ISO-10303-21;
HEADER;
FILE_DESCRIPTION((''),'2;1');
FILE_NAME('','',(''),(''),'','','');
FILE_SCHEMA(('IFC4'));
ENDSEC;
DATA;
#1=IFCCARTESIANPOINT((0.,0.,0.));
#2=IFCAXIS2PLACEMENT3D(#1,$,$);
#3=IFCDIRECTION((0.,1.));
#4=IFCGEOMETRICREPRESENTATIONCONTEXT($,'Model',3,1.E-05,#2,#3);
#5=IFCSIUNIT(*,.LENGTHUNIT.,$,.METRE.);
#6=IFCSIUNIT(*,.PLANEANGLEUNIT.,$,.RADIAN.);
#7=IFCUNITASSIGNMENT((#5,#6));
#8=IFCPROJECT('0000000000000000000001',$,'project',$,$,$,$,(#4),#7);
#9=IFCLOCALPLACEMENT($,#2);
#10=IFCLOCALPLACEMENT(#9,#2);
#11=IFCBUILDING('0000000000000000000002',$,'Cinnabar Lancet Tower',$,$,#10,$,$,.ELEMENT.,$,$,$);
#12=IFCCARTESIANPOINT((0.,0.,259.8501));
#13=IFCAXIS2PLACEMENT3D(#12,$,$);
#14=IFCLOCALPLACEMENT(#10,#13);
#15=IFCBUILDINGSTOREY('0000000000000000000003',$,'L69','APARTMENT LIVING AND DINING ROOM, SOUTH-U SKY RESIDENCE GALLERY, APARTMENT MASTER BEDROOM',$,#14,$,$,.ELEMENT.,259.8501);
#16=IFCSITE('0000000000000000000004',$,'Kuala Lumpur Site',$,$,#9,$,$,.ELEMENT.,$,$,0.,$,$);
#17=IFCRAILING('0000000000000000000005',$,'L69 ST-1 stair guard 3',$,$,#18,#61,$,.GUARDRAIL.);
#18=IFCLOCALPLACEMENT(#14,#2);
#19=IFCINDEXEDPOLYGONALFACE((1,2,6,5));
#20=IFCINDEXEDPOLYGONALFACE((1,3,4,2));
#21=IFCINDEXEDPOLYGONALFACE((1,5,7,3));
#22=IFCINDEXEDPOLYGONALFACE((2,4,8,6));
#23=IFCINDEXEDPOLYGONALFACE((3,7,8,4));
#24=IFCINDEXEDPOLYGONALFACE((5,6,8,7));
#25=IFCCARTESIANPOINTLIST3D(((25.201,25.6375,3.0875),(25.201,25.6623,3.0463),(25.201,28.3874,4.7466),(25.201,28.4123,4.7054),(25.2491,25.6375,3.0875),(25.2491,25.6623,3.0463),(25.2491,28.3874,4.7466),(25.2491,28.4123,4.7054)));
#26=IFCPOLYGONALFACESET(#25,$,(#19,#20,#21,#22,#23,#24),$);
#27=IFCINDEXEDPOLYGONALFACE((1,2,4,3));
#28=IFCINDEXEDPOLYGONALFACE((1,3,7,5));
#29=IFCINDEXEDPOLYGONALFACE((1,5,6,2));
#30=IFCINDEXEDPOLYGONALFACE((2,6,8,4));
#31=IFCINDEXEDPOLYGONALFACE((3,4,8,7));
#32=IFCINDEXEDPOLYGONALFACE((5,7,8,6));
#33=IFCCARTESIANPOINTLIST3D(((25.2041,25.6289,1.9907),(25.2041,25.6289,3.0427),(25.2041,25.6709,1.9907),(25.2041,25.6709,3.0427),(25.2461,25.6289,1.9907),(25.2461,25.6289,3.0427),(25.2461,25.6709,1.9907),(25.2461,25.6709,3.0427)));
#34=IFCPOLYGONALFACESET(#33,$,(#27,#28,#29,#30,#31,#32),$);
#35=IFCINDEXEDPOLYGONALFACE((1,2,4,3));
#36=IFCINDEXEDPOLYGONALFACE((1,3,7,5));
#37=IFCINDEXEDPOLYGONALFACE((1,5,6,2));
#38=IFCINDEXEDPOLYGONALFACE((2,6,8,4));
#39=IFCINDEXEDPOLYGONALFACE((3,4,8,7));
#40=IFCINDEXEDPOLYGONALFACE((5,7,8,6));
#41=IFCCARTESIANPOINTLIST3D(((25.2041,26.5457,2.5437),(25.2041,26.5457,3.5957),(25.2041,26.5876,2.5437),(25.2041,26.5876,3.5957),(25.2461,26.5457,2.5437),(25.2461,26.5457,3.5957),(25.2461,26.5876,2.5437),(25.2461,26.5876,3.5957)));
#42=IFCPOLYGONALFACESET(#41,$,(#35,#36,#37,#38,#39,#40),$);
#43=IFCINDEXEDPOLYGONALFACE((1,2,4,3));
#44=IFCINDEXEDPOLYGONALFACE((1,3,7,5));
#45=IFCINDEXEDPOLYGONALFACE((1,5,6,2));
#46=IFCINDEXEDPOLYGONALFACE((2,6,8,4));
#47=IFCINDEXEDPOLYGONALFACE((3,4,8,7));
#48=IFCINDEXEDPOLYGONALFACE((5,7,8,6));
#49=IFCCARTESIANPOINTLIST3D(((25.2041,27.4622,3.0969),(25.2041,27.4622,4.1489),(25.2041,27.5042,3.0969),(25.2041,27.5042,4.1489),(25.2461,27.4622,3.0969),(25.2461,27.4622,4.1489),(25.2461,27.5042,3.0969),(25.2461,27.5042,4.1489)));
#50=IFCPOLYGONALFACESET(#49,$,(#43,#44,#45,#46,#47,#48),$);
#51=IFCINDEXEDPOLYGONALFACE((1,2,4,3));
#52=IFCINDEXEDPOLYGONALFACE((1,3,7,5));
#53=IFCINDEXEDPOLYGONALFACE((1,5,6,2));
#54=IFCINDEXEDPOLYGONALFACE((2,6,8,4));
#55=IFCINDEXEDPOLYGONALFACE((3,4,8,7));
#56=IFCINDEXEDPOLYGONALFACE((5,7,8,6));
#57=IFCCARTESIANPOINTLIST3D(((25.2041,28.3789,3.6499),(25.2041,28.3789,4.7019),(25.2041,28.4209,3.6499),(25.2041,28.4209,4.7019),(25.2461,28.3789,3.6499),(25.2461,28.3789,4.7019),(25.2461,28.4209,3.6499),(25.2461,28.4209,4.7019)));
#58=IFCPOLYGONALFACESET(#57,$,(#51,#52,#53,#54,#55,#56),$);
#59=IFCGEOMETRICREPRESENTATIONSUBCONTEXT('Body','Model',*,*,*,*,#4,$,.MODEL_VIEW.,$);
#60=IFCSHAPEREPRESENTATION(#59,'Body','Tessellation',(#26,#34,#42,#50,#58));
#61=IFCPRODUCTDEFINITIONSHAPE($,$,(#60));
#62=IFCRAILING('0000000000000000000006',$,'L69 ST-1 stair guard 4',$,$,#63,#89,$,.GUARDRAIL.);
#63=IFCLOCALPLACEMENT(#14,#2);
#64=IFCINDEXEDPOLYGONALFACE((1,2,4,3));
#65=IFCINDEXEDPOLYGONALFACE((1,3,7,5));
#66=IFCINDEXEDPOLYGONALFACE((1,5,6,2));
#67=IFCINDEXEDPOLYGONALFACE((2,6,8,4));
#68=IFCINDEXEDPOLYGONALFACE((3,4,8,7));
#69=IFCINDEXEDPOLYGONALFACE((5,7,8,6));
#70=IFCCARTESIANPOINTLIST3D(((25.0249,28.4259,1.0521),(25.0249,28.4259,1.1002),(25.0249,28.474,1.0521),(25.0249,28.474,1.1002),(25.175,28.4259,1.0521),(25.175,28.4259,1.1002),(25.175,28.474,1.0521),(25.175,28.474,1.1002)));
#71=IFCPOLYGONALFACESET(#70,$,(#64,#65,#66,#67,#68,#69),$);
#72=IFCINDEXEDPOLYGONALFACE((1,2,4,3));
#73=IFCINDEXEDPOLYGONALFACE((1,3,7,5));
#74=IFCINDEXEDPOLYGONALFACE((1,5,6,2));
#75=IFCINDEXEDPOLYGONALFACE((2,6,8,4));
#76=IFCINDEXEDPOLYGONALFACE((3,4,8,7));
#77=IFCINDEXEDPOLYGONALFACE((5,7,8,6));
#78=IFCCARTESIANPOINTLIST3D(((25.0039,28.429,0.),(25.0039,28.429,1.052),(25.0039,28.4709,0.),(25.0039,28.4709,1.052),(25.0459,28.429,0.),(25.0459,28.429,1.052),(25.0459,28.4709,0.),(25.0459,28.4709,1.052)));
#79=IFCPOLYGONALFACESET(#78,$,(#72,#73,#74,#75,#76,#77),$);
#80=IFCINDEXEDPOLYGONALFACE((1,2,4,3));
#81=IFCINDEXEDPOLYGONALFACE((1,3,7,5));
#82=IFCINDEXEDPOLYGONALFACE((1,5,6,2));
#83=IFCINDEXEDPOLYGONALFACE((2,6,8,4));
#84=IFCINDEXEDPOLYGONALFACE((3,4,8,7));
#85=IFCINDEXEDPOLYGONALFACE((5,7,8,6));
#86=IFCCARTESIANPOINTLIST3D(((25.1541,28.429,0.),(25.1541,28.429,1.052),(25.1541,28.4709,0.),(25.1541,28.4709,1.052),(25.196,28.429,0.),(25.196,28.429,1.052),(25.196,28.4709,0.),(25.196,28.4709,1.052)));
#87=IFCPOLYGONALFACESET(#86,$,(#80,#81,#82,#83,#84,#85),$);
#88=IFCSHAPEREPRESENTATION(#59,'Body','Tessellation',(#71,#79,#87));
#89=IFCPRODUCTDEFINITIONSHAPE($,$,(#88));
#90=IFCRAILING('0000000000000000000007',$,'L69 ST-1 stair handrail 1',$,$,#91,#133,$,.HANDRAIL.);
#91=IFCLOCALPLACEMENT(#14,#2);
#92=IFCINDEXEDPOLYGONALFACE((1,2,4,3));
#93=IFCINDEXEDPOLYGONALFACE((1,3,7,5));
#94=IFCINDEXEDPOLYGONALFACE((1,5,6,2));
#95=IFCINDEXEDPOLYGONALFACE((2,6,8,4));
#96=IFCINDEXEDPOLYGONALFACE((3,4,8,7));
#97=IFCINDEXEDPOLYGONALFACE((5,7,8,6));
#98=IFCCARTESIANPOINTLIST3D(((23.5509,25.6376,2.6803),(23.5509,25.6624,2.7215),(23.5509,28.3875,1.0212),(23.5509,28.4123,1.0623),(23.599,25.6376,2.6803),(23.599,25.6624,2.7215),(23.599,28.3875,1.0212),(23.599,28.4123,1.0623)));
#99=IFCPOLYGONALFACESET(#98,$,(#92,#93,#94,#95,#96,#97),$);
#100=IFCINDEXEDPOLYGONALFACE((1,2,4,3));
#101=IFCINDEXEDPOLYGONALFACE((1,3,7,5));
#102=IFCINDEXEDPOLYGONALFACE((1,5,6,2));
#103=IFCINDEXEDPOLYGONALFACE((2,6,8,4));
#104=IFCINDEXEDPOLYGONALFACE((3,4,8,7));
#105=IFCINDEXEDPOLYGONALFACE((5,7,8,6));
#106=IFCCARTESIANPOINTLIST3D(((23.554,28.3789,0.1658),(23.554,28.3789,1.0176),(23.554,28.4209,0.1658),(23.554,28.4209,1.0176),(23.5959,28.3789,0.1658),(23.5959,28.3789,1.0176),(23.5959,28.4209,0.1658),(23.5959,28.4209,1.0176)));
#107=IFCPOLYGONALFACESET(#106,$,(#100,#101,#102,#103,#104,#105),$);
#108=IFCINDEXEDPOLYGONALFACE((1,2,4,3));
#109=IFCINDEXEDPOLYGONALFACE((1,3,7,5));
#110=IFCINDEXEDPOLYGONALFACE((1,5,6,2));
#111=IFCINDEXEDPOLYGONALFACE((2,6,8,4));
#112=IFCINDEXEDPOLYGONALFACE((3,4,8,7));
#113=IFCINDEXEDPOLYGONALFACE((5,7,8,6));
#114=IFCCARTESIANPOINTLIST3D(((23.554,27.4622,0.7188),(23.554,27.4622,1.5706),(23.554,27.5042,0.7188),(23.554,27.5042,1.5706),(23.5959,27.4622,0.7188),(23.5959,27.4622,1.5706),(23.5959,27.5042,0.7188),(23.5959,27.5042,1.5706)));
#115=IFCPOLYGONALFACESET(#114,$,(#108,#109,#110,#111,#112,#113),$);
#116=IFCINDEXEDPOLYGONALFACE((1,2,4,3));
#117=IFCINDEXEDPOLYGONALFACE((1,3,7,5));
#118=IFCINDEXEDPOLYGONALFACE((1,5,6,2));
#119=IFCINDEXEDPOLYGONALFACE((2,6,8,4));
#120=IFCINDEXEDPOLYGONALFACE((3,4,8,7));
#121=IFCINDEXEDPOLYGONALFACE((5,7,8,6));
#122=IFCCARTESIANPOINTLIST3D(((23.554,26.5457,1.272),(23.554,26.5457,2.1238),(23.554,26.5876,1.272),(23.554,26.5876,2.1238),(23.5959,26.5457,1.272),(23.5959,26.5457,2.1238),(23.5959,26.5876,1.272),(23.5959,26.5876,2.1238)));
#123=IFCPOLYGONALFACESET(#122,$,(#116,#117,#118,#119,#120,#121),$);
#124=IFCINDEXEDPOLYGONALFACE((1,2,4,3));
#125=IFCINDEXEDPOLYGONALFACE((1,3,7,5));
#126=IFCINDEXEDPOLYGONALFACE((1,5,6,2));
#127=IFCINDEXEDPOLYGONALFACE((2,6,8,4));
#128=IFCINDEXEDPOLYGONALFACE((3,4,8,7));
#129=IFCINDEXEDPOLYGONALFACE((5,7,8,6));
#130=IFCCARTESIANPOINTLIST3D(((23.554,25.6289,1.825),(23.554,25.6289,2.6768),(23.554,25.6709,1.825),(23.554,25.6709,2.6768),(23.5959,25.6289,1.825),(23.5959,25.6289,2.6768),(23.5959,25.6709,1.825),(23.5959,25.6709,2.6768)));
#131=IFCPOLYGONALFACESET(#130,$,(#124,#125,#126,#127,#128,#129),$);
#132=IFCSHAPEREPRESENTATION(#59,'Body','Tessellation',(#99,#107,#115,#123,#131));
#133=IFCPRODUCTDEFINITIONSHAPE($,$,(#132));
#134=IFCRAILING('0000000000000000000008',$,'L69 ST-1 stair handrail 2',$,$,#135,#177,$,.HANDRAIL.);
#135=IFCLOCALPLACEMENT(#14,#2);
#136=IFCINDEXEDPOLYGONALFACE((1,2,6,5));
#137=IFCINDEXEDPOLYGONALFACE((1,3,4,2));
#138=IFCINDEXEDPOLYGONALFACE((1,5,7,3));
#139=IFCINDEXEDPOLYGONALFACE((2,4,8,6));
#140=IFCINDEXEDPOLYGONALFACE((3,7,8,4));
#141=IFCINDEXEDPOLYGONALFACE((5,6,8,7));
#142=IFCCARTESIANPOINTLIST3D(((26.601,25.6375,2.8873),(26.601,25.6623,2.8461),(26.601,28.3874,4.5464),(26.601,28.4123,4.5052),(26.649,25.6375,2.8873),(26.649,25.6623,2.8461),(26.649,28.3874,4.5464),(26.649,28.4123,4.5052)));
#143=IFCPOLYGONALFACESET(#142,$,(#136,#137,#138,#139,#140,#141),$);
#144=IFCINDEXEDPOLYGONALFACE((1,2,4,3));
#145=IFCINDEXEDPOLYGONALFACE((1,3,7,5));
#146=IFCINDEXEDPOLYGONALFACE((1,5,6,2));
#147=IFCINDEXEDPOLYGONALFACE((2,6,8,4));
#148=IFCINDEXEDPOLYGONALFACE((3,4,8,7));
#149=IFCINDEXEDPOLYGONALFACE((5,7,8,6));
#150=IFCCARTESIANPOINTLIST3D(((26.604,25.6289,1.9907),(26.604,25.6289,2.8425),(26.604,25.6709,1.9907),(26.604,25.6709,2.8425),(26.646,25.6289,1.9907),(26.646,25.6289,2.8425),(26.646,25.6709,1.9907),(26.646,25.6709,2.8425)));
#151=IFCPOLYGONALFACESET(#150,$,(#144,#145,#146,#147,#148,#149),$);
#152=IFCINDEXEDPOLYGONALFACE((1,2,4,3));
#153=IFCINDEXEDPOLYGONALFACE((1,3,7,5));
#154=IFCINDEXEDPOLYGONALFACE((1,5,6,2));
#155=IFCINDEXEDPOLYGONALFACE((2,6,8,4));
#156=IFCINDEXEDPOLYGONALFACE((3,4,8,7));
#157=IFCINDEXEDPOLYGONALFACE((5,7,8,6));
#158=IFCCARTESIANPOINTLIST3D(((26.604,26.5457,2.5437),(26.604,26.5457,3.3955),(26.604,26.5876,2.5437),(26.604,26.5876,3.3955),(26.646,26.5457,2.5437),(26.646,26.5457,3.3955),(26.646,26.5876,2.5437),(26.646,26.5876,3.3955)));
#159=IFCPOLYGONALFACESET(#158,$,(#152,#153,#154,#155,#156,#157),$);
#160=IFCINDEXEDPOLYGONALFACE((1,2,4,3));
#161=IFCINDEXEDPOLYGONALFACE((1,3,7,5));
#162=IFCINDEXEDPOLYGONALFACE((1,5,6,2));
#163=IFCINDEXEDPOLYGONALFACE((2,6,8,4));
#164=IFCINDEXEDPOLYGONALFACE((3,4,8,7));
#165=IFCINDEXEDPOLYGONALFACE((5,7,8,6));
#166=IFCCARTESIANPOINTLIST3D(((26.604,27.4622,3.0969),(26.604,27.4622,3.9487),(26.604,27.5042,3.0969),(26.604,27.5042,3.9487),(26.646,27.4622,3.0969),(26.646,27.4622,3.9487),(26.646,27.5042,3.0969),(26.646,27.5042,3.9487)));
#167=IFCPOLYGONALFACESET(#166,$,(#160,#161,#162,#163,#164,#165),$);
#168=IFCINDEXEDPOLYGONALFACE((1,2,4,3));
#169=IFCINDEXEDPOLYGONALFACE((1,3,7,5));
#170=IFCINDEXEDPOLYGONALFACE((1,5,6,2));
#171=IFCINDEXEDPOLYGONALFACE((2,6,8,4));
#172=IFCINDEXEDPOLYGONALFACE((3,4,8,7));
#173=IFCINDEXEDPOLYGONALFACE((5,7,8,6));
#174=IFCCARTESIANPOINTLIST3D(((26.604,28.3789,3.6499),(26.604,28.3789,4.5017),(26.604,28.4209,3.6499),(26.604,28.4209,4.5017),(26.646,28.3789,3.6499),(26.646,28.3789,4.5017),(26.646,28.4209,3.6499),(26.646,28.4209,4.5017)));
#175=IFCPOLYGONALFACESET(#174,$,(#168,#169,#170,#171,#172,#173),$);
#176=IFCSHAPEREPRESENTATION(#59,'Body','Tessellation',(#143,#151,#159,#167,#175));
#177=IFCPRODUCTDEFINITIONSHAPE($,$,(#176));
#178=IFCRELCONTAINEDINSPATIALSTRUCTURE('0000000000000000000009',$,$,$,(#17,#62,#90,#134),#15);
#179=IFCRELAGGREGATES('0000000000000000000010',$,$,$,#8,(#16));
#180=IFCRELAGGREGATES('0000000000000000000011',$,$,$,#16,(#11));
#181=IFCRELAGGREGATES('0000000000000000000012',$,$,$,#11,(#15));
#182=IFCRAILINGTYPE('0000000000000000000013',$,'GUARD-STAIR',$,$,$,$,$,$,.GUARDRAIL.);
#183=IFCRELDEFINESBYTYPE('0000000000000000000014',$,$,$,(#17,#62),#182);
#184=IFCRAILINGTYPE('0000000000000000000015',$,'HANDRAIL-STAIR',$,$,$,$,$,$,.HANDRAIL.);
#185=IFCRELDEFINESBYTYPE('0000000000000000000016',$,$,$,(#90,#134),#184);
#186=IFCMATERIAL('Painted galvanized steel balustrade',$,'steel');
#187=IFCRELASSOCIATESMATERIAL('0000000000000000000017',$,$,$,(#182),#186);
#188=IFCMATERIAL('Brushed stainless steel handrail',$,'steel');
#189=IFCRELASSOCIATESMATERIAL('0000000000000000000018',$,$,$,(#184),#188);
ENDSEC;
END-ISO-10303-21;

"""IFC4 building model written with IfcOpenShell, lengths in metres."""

from ifc_helpers import new_model, si_unit, direction, frame, origin, origin_2d, place, context, subcontext, project, spatial, rectangle, extrude, material, type_object, element, save


model = new_model("IFC4")

# Units and contexts
model_context = context("Model", 3, precision=1e-05, world=origin(), true_north=direction((0.0, 1.0)))
body_context = subcontext(model_context, "Body", "Model", "MODEL_VIEW")
ifc_project = project(units=[si_unit("LENGTHUNIT", "METRE"), si_unit("PLANEANGLEUNIT", "RADIAN")], contexts=[model_context])

# Site, building, storey
site_placement = place(None, origin())
site = spatial("IfcSite", under=ifc_project, at=site_placement, Name="Kuala Lumpur Site", CompositionType="ELEMENT", RefElevation=0.0)
building_placement = place(site_placement, origin())
building = spatial("IfcBuilding", under=site, at=building_placement, Name="Cinnabar Lancet Tower", CompositionType="ELEMENT")
storey_placement = place(building_placement, frame((0.0, 0.0, 259.8501)))
storey = spatial("IfcBuildingStorey", under=building, at=storey_placement, Name="L69", Description="APARTMENT LIVING AND DINING ROOM, SOUTH-U SKY RESIDENCE GALLERY, APARTMENT MASTER BEDROOM", CompositionType="ELEMENT", Elevation=259.8501)

# Railings
ifc_material_1 = material(Name="Painted galvanized steel balustrade", Category="steel")
railing_type_1 = type_object("IfcRailingType", Name="GUARD-STAIR", PredefinedType="GUARDRAIL", material=ifc_material_1)
railing_1_placement = place(storey_placement, frame((25.2251, 25.6499, 1.9907)))
element("IfcRailing", 1, at=railing_1_placement, inside=storey, type_object=railing_type_1, Name="L69 ST-1 stair guard 3", PredefinedType="GUARDRAIL", context=body_context, shape_type="SweptSolid", body=[
    extrude(rectangle(XDim=0.0481, YDim=0.0481, at=origin_2d()), frame((0.0, 0.0, 1.0762), z_axis=(0.0, 0.856229, 0.516596), x_axis=(-1.0, 0.0, 0.0)), (0.0, 0.0, 1.0), 3.2117),
    extrude(rectangle(XDim=0.042, YDim=0.042, at=origin_2d()), origin(), (0.0, 0.0, 1.0), 1.052),
    extrude(rectangle(XDim=0.042, YDim=0.042, at=origin_2d()), frame((0.0, 0.9167, 0.553)), (0.0, 0.0, 1.0), 1.052),
    extrude(rectangle(XDim=0.042, YDim=0.042, at=origin_2d()), frame((0.0, 1.8333, 1.1062)), (0.0, 0.0, 1.0), 1.052),
    extrude(rectangle(XDim=0.042, YDim=0.042, at=origin_2d()), frame((0.0, 2.75, 1.6592)), (0.0, 0.0, 1.0), 1.052),
])
railing_2_placement = place(storey_placement, frame((25.0249, 28.45, 0.0)))
element("IfcRailing", 2, at=railing_2_placement, inside=storey, type_object=railing_type_1, Name="L69 ST-1 stair guard 4", PredefinedType="GUARDRAIL", context=body_context, shape_type="SweptSolid", body=[
    extrude(rectangle(XDim=0.0481, YDim=0.0481, at=origin_2d()), frame((0.0, 0.0, 1.0762), z_axis=(1.0, 0.0, 0.0), x_axis=(0.0, 1.0, 0.0)), (0.0, 0.0, 1.0), 0.1501),
    extrude(rectangle(XDim=0.042, YDim=0.042, at=origin_2d()), origin(), (0.0, 0.0, 1.0), 1.052),
    extrude(rectangle(XDim=0.042, YDim=0.042, at=origin_2d()), frame((0.1501, 0.0, 0.0)), (0.0, 0.0, 1.0), 1.052),
])
ifc_material_2 = material(Name="Brushed stainless steel handrail", Category="steel")
railing_type_2 = type_object("IfcRailingType", Name="HANDRAIL-STAIR", PredefinedType="HANDRAIL", material=ifc_material_2)
railing_3_placement = place(storey_placement, frame((23.575, 28.3999, 0.1658)))
element("IfcRailing", 3, at=railing_3_placement, inside=storey, type_object=railing_type_2, Name="L69 ST-1 stair handrail 1", PredefinedType="HANDRAIL", context=body_context, shape_type="SweptSolid", body=[
    extrude(rectangle(XDim=0.0481, YDim=0.0481, at=origin_2d()), frame((0.0, 0.0, 0.876), z_axis=(0.0, -0.856229, 0.516596), x_axis=(1.0, 0.0, 0.0)), (0.0, 0.0, 1.0), 3.2117),
    extrude(rectangle(XDim=0.042, YDim=0.042, at=origin_2d()), origin(), (0.0, 0.0, 1.0), 0.8518),
    extrude(rectangle(XDim=0.042, YDim=0.042, at=origin_2d()), frame((0.0, -0.9167, 0.553)), (0.0, 0.0, 1.0), 0.8518),
    extrude(rectangle(XDim=0.042, YDim=0.042, at=origin_2d()), frame((0.0, -1.8333, 1.1062)), (0.0, 0.0, 1.0), 0.8518),
    extrude(rectangle(XDim=0.042, YDim=0.042, at=origin_2d()), frame((0.0, -2.75, 1.6592)), (0.0, 0.0, 1.0), 0.8518),
])
railing_4_placement = place(storey_placement, frame((26.625, 25.6499, 1.9907)))
element("IfcRailing", 4, at=railing_4_placement, inside=storey, type_object=railing_type_2, Name="L69 ST-1 stair handrail 2", PredefinedType="HANDRAIL", context=body_context, shape_type="SweptSolid", body=[
    extrude(rectangle(XDim=0.0481, YDim=0.0481, at=origin_2d()), frame((0.0, 0.0, 0.876), z_axis=(0.0, 0.856229, 0.516596), x_axis=(-1.0, 0.0, 0.0)), (0.0, 0.0, 1.0), 3.2117),
    extrude(rectangle(XDim=0.042, YDim=0.042, at=origin_2d()), origin(), (0.0, 0.0, 1.0), 0.8518),
    extrude(rectangle(XDim=0.042, YDim=0.042, at=origin_2d()), frame((0.0, 0.9167, 0.553)), (0.0, 0.0, 1.0), 0.8518),
    extrude(rectangle(XDim=0.042, YDim=0.042, at=origin_2d()), frame((0.0, 1.8333, 1.1062)), (0.0, 0.0, 1.0), 0.8518),
    extrude(rectangle(XDim=0.042, YDim=0.042, at=origin_2d()), frame((0.0, 2.75, 1.6592)), (0.0, 0.0, 1.0), 0.8518),
])

save(model, "model.ifc")
